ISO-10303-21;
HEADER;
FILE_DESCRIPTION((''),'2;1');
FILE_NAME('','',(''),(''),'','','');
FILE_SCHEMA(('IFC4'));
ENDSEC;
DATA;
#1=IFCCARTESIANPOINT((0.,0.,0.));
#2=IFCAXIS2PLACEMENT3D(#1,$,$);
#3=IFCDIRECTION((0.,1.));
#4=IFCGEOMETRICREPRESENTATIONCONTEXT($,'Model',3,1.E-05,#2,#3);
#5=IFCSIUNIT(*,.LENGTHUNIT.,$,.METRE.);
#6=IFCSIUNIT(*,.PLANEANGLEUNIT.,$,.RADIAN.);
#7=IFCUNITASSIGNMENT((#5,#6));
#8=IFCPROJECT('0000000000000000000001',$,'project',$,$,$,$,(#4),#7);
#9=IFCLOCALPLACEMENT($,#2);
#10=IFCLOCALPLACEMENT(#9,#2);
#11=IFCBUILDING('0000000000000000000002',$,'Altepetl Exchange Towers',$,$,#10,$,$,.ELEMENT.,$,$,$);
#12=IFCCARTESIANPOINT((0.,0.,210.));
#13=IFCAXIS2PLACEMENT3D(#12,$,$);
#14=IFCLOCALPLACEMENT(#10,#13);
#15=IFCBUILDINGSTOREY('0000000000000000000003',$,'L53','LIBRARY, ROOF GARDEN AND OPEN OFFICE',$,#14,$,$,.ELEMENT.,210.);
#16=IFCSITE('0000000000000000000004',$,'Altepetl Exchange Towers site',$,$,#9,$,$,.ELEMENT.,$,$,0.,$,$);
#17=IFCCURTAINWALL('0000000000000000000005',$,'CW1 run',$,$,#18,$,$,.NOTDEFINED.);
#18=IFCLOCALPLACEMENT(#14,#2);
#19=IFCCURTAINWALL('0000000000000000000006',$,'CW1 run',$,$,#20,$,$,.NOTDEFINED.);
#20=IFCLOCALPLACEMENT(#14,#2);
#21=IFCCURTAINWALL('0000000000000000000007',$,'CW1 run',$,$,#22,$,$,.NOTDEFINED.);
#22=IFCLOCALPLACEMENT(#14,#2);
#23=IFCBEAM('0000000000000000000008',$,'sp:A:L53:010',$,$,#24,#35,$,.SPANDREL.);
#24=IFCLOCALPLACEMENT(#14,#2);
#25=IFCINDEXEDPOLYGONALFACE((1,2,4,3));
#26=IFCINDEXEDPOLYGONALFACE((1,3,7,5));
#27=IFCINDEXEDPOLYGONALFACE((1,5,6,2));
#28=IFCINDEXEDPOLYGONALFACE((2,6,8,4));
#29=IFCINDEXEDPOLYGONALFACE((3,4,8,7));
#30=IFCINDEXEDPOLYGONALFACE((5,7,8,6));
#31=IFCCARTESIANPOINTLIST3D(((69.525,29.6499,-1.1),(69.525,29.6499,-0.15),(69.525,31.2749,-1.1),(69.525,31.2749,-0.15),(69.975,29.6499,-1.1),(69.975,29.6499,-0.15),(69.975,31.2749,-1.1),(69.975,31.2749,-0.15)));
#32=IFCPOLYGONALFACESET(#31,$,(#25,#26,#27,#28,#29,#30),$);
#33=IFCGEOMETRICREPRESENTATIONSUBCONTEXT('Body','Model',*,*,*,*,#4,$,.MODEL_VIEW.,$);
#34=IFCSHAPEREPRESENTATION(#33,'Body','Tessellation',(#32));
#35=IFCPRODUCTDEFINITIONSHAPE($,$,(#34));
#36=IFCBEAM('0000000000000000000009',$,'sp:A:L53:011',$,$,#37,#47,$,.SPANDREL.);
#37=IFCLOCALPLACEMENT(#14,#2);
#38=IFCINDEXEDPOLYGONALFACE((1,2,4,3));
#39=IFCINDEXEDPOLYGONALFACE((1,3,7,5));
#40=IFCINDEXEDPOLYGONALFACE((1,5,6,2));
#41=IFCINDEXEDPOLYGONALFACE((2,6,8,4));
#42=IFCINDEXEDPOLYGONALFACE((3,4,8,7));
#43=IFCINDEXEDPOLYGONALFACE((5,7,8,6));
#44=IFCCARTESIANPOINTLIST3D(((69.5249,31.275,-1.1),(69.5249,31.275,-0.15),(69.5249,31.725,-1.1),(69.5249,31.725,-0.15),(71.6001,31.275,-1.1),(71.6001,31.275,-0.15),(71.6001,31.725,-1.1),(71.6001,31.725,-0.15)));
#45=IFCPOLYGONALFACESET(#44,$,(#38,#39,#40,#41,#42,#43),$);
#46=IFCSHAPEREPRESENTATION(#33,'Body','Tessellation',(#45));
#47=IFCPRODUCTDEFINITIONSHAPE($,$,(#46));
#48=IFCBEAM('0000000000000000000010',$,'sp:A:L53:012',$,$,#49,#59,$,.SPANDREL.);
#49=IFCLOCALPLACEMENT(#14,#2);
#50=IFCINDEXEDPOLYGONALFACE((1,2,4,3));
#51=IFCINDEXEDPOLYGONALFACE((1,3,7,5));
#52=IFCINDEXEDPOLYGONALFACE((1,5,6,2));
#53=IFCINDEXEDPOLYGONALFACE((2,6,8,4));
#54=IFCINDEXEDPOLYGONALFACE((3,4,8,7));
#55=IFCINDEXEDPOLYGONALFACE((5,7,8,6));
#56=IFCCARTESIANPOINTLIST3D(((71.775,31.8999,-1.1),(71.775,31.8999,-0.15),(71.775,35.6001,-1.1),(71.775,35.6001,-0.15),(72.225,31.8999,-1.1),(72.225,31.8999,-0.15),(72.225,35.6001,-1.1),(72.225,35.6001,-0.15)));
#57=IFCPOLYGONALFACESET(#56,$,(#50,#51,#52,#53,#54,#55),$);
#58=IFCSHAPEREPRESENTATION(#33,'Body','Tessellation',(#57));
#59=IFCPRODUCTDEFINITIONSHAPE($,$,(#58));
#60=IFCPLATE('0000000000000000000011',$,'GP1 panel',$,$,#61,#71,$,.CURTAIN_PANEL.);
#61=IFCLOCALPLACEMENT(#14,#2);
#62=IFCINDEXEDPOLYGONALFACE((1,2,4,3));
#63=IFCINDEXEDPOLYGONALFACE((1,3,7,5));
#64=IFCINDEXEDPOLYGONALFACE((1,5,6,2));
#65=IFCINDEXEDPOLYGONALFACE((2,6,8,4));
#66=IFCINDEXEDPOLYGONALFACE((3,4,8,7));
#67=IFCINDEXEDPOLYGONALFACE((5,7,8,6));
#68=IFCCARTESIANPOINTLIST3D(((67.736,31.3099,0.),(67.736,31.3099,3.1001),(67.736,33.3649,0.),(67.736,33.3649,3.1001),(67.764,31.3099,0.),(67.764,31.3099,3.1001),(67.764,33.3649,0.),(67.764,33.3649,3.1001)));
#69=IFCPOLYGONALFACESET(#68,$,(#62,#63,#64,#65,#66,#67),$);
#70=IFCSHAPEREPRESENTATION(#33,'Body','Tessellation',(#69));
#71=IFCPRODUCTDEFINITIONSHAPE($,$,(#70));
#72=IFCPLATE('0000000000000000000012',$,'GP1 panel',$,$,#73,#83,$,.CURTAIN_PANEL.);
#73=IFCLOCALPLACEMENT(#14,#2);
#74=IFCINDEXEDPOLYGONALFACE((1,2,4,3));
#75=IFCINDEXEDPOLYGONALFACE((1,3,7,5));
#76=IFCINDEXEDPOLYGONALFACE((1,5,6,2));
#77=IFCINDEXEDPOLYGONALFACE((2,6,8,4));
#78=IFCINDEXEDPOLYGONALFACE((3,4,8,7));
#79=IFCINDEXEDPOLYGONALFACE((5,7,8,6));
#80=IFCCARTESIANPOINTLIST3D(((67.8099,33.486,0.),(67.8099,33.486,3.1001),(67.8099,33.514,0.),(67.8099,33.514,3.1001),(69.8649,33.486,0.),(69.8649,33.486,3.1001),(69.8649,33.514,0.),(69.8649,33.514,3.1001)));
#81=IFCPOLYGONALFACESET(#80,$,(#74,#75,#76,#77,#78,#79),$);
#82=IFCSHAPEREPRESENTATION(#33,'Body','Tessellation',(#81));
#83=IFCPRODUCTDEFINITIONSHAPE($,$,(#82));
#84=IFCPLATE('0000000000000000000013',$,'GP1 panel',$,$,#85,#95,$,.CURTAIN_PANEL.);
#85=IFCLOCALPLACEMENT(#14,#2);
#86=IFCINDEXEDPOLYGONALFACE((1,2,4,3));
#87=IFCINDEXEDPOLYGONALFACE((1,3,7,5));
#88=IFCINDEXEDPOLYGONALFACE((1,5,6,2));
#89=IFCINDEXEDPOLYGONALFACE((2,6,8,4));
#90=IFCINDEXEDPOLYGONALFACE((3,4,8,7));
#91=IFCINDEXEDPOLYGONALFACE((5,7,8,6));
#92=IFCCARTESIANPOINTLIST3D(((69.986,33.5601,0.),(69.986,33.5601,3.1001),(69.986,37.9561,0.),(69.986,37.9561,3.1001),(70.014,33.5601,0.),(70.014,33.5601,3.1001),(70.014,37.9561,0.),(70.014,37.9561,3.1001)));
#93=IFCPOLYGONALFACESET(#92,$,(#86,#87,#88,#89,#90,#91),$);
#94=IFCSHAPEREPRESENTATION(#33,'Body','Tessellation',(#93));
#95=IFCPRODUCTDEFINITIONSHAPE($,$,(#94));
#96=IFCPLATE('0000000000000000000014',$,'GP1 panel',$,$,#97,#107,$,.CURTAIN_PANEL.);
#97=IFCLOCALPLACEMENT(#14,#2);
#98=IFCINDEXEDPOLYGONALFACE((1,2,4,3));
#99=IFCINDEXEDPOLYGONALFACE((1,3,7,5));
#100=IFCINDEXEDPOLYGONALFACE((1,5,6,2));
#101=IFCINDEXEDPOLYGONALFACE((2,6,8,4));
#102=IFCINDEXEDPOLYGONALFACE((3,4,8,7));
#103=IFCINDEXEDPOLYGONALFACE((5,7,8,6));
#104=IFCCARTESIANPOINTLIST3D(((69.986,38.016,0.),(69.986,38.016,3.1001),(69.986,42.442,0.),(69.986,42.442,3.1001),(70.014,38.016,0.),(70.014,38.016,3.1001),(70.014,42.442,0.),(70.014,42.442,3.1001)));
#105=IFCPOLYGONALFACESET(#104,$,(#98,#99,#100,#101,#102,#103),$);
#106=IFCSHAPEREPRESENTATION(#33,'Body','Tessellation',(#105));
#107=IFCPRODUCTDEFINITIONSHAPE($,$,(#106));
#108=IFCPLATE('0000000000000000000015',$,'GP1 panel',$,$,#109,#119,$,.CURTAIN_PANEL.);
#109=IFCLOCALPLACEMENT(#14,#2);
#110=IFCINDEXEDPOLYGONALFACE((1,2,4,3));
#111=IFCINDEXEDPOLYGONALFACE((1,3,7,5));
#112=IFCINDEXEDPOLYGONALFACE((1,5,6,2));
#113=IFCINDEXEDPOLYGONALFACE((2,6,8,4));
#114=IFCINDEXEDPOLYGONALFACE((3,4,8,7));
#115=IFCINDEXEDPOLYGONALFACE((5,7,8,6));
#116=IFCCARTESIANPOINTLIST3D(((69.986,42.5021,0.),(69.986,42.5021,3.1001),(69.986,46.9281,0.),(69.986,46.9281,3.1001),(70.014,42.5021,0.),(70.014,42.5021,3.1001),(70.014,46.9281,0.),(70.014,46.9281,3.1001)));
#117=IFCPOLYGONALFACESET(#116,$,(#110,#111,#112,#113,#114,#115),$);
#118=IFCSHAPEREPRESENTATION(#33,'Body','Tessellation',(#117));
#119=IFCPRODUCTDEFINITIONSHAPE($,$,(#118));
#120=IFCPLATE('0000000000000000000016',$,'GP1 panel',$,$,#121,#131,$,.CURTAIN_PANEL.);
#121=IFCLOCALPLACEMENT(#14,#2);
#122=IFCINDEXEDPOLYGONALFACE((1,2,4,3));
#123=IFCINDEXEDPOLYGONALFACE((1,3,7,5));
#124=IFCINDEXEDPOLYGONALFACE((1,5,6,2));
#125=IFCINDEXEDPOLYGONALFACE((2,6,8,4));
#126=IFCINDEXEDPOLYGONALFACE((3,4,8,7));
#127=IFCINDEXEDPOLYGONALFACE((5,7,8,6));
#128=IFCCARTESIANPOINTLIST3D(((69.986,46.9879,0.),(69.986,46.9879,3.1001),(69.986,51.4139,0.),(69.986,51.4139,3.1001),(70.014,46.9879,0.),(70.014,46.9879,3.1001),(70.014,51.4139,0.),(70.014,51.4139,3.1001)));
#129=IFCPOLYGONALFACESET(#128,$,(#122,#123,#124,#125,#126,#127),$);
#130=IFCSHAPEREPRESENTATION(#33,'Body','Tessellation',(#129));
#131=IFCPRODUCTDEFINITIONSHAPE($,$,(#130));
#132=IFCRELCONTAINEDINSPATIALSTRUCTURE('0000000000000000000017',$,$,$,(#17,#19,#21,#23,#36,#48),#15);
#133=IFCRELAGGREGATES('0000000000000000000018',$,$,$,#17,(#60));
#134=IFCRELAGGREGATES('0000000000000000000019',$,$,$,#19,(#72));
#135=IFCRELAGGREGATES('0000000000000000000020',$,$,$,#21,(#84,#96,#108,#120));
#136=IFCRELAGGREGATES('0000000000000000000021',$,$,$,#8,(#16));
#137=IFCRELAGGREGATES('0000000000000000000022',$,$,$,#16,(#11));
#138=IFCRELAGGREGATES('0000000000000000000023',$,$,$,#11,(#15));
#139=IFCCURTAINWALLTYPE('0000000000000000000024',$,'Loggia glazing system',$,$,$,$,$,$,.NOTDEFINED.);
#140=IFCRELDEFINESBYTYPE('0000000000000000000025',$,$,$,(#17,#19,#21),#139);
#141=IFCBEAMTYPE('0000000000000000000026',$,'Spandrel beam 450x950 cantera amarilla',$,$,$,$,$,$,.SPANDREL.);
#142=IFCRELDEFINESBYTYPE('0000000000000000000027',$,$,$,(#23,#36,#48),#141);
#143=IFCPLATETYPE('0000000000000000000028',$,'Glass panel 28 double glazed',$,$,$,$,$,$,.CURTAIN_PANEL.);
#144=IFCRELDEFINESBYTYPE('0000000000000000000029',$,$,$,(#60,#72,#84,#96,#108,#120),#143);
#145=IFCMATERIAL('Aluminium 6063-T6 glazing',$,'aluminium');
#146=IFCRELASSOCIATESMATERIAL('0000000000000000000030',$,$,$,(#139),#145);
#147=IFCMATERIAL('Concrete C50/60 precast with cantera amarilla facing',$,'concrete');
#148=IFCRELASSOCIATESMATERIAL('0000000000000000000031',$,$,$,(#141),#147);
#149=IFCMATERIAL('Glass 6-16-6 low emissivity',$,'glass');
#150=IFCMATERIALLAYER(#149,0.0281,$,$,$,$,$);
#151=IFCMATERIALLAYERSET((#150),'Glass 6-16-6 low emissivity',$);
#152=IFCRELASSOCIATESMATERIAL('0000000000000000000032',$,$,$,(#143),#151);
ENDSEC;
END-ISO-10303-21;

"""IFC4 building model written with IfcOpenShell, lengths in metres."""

from ifc_helpers import new_model, si_unit, direction, frame, origin, origin_2d, place, context, subcontext, project, spatial, rectangle, extrude, material, layer, layer_set, material_profile, profile_set, type_object, element, aggregate, save


model = new_model("IFC4")

# Units and contexts
model_context = context("Model", 3, precision=1e-05, world=origin(), true_north=direction((0.0, 1.0)))
body_context = subcontext(model_context, "Body", "Model", "MODEL_VIEW")
ifc_project = project(units=[si_unit("LENGTHUNIT", "METRE"), si_unit("PLANEANGLEUNIT", "RADIAN")], contexts=[model_context])

# Site, building, storey
site_placement = place(None, origin())
site = spatial("IfcSite", under=ifc_project, at=site_placement, Name="Altepetl Exchange Towers site", CompositionType="ELEMENT", RefElevation=0.0)
building_placement = place(site_placement, origin())
building = spatial("IfcBuilding", under=site, at=building_placement, Name="Altepetl Exchange Towers", CompositionType="ELEMENT")
storey_placement = place(building_placement, frame((0.0, 0.0, 210.0)))
storey = spatial("IfcBuildingStorey", under=building, at=storey_placement, Name="L53", Description="LIBRARY, ROOF GARDEN AND OPEN OFFICE", CompositionType="ELEMENT", Elevation=210.0)

# Shared definitions
ifc_material_1 = material(Name="Aluminium 6063-T6 glazing", Category="aluminium")
curtain_wall_type = type_object("IfcCurtainWallType", Name="Loggia glazing system", PredefinedType="NOTDEFINED", material=ifc_material_1)

# Curtain walls
curtain_wall_1_placement = place(storey_placement, origin())
curtain_wall_1 = element("IfcCurtainWall", 1, at=curtain_wall_1_placement, inside=storey, type_object=curtain_wall_type, Name="CW1 run", PredefinedType="NOTDEFINED")
curtain_wall_2_placement = place(storey_placement, origin())
curtain_wall_2 = element("IfcCurtainWall", 2, at=curtain_wall_2_placement, inside=storey, type_object=curtain_wall_type, Name="CW1 run", PredefinedType="NOTDEFINED")
curtain_wall_3_placement = place(storey_placement, origin())
curtain_wall_3 = element("IfcCurtainWall", 3, at=curtain_wall_3_placement, inside=storey, type_object=curtain_wall_type, Name="CW1 run", PredefinedType="NOTDEFINED")

# Beams
ifc_material_2 = material(Name="Concrete C50/60 precast with cantera amarilla facing", Category="concrete")
ifc_material_profile_1 = material_profile(ifc_material_2, rectangle(XDim=0.45, YDim=0.95, at=origin_2d()), Name="450 x 950")
ifc_profile_set_1 = profile_set([ifc_material_profile_1], Name="Concrete C50/60 precast with cantera amarilla facing")
beam_type = type_object("IfcBeamType", Name="Spandrel beam 450x950 cantera amarilla", PredefinedType="SPANDREL", material=ifc_profile_set_1)
for number, where, z_axis, x_axis, name in (
    (4, (69.75, 29.6499, -0.625), (0.0, 1.0, 0.0), (-1.0, 0.0, 0.0), "sp:A:L53:010"),
):
    element("IfcBeam", number, at=place(storey_placement, frame(where, z_axis=z_axis, x_axis=x_axis)), inside=storey, type_object=beam_type, Name=name, PredefinedType="SPANDREL", context=body_context, shape_type="SweptSolid", body=[
        extrude(rectangle(XDim=0.45, YDim=0.95, at=origin_2d()), origin(), (0.0, 0.0, 1.0), 1.625),
    ])
beam_1_placement = place(storey_placement, frame((69.5249, 31.5, -0.625), z_axis=(1.0, 0.0, 0.0), x_axis=(0.0, 1.0, 0.0)))
element("IfcBeam", 5, at=beam_1_placement, inside=storey, type_object=beam_type, Name="sp:A:L53:011", PredefinedType="SPANDREL", context=body_context, shape_type="SweptSolid", body=[
    extrude(rectangle(XDim=0.45, YDim=0.95, at=origin_2d()), origin(), (0.0, 0.0, 1.0), 2.0752),
])
beam_2_placement = place(storey_placement, frame((72.0, 31.8999, -0.625), z_axis=(0.0, 1.0, 0.0), x_axis=(-1.0, 0.0, 0.0)))
element("IfcBeam", 6, at=beam_2_placement, inside=storey, type_object=beam_type, Name="sp:A:L53:012", PredefinedType="SPANDREL", context=body_context, shape_type="SweptSolid", body=[
    extrude(rectangle(XDim=0.45, YDim=0.95, at=origin_2d()), origin(), (0.0, 0.0, 1.0), 3.7002),
])

# Plates
ifc_material_3 = material(Name="Glass 6-16-6 low emissivity", Category="glass")
ifc_layer = layer(ifc_material_3, 0.0281)
ifc_layer_set = layer_set([ifc_layer], Name="Glass 6-16-6 low emissivity")
plate_type = type_object("IfcPlateType", Name="Glass panel 28 double glazed", PredefinedType="CURTAIN_PANEL", material=ifc_layer_set)
plate_1_placement = place(storey_placement, frame((67.75, 32.3374, 0.0), z_axis=(0.0, 0.0, 1.0), x_axis=(0.0, 1.0, 0.0)))
plate_1 = element("IfcPlate", 7, at=plate_1_placement, type_object=plate_type, Name="GP1 panel", PredefinedType="CURTAIN_PANEL", context=body_context, shape_type="SweptSolid", body=[
    extrude(rectangle(XDim=2.0549, YDim=0.0281, at=origin_2d()), origin(), (0.0, 0.0, 1.0), 3.1001),
])
aggregate(curtain_wall_1, [plate_1])
plate_2_placement = place(storey_placement, frame((68.8374, 33.5, 0.0)))
plate_2 = element("IfcPlate", 8, at=plate_2_placement, type_object=plate_type, Name="GP1 panel", PredefinedType="CURTAIN_PANEL", context=body_context, shape_type="SweptSolid", body=[
    extrude(rectangle(XDim=2.0549, YDim=0.0281, at=origin_2d()), origin(), (0.0, 0.0, 1.0), 3.1001),
])
aggregate(curtain_wall_2, [plate_2])
plate_3_placement = place(storey_placement, frame((70.0, 35.7581, 0.0), z_axis=(0.0, 0.0, 1.0), x_axis=(0.0, 1.0, 0.0)))
plate_3 = element("IfcPlate", 9, at=plate_3_placement, type_object=plate_type, Name="GP1 panel", PredefinedType="CURTAIN_PANEL", context=body_context, shape_type="SweptSolid", body=[
    extrude(rectangle(XDim=4.396, YDim=0.0281, at=origin_2d()), origin(), (0.0, 0.0, 1.0), 3.1001),
])
plate_4_placement = place(storey_placement, frame((70.0, 40.229, 0.0), z_axis=(0.0, 0.0, 1.0), x_axis=(0.0, 1.0, 0.0)))
plate_4 = element("IfcPlate", 10, at=plate_4_placement, type_object=plate_type, Name="GP1 panel", PredefinedType="CURTAIN_PANEL", context=body_context, shape_type="SweptSolid", body=[
    extrude(rectangle(XDim=4.426, YDim=0.0281, at=origin_2d()), origin(), (0.0, 0.0, 1.0), 3.1001),
])
plate_5_placement = place(storey_placement, frame((70.0, 44.7151, 0.0), z_axis=(0.0, 0.0, 1.0), x_axis=(0.0, 1.0, 0.0)))
plate_5 = element("IfcPlate", 11, at=plate_5_placement, type_object=plate_type, Name="GP1 panel", PredefinedType="CURTAIN_PANEL", context=body_context, shape_type="SweptSolid", body=[
    extrude(rectangle(XDim=4.426, YDim=0.0281, at=origin_2d()), origin(), (0.0, 0.0, 1.0), 3.1001),
])
plate_6_placement = place(storey_placement, frame((70.0, 49.2009, 0.0), z_axis=(0.0, 0.0, 1.0), x_axis=(0.0, 1.0, 0.0)))
plate_6 = element("IfcPlate", 12, at=plate_6_placement, type_object=plate_type, Name="GP1 panel", PredefinedType="CURTAIN_PANEL", context=body_context, shape_type="SweptSolid", body=[
    extrude(rectangle(XDim=4.426, YDim=0.0281, at=origin_2d()), origin(), (0.0, 0.0, 1.0), 3.1001),
])
aggregate(curtain_wall_3, [plate_3, plate_4, plate_5, plate_6])

save(model, "model.ifc")
